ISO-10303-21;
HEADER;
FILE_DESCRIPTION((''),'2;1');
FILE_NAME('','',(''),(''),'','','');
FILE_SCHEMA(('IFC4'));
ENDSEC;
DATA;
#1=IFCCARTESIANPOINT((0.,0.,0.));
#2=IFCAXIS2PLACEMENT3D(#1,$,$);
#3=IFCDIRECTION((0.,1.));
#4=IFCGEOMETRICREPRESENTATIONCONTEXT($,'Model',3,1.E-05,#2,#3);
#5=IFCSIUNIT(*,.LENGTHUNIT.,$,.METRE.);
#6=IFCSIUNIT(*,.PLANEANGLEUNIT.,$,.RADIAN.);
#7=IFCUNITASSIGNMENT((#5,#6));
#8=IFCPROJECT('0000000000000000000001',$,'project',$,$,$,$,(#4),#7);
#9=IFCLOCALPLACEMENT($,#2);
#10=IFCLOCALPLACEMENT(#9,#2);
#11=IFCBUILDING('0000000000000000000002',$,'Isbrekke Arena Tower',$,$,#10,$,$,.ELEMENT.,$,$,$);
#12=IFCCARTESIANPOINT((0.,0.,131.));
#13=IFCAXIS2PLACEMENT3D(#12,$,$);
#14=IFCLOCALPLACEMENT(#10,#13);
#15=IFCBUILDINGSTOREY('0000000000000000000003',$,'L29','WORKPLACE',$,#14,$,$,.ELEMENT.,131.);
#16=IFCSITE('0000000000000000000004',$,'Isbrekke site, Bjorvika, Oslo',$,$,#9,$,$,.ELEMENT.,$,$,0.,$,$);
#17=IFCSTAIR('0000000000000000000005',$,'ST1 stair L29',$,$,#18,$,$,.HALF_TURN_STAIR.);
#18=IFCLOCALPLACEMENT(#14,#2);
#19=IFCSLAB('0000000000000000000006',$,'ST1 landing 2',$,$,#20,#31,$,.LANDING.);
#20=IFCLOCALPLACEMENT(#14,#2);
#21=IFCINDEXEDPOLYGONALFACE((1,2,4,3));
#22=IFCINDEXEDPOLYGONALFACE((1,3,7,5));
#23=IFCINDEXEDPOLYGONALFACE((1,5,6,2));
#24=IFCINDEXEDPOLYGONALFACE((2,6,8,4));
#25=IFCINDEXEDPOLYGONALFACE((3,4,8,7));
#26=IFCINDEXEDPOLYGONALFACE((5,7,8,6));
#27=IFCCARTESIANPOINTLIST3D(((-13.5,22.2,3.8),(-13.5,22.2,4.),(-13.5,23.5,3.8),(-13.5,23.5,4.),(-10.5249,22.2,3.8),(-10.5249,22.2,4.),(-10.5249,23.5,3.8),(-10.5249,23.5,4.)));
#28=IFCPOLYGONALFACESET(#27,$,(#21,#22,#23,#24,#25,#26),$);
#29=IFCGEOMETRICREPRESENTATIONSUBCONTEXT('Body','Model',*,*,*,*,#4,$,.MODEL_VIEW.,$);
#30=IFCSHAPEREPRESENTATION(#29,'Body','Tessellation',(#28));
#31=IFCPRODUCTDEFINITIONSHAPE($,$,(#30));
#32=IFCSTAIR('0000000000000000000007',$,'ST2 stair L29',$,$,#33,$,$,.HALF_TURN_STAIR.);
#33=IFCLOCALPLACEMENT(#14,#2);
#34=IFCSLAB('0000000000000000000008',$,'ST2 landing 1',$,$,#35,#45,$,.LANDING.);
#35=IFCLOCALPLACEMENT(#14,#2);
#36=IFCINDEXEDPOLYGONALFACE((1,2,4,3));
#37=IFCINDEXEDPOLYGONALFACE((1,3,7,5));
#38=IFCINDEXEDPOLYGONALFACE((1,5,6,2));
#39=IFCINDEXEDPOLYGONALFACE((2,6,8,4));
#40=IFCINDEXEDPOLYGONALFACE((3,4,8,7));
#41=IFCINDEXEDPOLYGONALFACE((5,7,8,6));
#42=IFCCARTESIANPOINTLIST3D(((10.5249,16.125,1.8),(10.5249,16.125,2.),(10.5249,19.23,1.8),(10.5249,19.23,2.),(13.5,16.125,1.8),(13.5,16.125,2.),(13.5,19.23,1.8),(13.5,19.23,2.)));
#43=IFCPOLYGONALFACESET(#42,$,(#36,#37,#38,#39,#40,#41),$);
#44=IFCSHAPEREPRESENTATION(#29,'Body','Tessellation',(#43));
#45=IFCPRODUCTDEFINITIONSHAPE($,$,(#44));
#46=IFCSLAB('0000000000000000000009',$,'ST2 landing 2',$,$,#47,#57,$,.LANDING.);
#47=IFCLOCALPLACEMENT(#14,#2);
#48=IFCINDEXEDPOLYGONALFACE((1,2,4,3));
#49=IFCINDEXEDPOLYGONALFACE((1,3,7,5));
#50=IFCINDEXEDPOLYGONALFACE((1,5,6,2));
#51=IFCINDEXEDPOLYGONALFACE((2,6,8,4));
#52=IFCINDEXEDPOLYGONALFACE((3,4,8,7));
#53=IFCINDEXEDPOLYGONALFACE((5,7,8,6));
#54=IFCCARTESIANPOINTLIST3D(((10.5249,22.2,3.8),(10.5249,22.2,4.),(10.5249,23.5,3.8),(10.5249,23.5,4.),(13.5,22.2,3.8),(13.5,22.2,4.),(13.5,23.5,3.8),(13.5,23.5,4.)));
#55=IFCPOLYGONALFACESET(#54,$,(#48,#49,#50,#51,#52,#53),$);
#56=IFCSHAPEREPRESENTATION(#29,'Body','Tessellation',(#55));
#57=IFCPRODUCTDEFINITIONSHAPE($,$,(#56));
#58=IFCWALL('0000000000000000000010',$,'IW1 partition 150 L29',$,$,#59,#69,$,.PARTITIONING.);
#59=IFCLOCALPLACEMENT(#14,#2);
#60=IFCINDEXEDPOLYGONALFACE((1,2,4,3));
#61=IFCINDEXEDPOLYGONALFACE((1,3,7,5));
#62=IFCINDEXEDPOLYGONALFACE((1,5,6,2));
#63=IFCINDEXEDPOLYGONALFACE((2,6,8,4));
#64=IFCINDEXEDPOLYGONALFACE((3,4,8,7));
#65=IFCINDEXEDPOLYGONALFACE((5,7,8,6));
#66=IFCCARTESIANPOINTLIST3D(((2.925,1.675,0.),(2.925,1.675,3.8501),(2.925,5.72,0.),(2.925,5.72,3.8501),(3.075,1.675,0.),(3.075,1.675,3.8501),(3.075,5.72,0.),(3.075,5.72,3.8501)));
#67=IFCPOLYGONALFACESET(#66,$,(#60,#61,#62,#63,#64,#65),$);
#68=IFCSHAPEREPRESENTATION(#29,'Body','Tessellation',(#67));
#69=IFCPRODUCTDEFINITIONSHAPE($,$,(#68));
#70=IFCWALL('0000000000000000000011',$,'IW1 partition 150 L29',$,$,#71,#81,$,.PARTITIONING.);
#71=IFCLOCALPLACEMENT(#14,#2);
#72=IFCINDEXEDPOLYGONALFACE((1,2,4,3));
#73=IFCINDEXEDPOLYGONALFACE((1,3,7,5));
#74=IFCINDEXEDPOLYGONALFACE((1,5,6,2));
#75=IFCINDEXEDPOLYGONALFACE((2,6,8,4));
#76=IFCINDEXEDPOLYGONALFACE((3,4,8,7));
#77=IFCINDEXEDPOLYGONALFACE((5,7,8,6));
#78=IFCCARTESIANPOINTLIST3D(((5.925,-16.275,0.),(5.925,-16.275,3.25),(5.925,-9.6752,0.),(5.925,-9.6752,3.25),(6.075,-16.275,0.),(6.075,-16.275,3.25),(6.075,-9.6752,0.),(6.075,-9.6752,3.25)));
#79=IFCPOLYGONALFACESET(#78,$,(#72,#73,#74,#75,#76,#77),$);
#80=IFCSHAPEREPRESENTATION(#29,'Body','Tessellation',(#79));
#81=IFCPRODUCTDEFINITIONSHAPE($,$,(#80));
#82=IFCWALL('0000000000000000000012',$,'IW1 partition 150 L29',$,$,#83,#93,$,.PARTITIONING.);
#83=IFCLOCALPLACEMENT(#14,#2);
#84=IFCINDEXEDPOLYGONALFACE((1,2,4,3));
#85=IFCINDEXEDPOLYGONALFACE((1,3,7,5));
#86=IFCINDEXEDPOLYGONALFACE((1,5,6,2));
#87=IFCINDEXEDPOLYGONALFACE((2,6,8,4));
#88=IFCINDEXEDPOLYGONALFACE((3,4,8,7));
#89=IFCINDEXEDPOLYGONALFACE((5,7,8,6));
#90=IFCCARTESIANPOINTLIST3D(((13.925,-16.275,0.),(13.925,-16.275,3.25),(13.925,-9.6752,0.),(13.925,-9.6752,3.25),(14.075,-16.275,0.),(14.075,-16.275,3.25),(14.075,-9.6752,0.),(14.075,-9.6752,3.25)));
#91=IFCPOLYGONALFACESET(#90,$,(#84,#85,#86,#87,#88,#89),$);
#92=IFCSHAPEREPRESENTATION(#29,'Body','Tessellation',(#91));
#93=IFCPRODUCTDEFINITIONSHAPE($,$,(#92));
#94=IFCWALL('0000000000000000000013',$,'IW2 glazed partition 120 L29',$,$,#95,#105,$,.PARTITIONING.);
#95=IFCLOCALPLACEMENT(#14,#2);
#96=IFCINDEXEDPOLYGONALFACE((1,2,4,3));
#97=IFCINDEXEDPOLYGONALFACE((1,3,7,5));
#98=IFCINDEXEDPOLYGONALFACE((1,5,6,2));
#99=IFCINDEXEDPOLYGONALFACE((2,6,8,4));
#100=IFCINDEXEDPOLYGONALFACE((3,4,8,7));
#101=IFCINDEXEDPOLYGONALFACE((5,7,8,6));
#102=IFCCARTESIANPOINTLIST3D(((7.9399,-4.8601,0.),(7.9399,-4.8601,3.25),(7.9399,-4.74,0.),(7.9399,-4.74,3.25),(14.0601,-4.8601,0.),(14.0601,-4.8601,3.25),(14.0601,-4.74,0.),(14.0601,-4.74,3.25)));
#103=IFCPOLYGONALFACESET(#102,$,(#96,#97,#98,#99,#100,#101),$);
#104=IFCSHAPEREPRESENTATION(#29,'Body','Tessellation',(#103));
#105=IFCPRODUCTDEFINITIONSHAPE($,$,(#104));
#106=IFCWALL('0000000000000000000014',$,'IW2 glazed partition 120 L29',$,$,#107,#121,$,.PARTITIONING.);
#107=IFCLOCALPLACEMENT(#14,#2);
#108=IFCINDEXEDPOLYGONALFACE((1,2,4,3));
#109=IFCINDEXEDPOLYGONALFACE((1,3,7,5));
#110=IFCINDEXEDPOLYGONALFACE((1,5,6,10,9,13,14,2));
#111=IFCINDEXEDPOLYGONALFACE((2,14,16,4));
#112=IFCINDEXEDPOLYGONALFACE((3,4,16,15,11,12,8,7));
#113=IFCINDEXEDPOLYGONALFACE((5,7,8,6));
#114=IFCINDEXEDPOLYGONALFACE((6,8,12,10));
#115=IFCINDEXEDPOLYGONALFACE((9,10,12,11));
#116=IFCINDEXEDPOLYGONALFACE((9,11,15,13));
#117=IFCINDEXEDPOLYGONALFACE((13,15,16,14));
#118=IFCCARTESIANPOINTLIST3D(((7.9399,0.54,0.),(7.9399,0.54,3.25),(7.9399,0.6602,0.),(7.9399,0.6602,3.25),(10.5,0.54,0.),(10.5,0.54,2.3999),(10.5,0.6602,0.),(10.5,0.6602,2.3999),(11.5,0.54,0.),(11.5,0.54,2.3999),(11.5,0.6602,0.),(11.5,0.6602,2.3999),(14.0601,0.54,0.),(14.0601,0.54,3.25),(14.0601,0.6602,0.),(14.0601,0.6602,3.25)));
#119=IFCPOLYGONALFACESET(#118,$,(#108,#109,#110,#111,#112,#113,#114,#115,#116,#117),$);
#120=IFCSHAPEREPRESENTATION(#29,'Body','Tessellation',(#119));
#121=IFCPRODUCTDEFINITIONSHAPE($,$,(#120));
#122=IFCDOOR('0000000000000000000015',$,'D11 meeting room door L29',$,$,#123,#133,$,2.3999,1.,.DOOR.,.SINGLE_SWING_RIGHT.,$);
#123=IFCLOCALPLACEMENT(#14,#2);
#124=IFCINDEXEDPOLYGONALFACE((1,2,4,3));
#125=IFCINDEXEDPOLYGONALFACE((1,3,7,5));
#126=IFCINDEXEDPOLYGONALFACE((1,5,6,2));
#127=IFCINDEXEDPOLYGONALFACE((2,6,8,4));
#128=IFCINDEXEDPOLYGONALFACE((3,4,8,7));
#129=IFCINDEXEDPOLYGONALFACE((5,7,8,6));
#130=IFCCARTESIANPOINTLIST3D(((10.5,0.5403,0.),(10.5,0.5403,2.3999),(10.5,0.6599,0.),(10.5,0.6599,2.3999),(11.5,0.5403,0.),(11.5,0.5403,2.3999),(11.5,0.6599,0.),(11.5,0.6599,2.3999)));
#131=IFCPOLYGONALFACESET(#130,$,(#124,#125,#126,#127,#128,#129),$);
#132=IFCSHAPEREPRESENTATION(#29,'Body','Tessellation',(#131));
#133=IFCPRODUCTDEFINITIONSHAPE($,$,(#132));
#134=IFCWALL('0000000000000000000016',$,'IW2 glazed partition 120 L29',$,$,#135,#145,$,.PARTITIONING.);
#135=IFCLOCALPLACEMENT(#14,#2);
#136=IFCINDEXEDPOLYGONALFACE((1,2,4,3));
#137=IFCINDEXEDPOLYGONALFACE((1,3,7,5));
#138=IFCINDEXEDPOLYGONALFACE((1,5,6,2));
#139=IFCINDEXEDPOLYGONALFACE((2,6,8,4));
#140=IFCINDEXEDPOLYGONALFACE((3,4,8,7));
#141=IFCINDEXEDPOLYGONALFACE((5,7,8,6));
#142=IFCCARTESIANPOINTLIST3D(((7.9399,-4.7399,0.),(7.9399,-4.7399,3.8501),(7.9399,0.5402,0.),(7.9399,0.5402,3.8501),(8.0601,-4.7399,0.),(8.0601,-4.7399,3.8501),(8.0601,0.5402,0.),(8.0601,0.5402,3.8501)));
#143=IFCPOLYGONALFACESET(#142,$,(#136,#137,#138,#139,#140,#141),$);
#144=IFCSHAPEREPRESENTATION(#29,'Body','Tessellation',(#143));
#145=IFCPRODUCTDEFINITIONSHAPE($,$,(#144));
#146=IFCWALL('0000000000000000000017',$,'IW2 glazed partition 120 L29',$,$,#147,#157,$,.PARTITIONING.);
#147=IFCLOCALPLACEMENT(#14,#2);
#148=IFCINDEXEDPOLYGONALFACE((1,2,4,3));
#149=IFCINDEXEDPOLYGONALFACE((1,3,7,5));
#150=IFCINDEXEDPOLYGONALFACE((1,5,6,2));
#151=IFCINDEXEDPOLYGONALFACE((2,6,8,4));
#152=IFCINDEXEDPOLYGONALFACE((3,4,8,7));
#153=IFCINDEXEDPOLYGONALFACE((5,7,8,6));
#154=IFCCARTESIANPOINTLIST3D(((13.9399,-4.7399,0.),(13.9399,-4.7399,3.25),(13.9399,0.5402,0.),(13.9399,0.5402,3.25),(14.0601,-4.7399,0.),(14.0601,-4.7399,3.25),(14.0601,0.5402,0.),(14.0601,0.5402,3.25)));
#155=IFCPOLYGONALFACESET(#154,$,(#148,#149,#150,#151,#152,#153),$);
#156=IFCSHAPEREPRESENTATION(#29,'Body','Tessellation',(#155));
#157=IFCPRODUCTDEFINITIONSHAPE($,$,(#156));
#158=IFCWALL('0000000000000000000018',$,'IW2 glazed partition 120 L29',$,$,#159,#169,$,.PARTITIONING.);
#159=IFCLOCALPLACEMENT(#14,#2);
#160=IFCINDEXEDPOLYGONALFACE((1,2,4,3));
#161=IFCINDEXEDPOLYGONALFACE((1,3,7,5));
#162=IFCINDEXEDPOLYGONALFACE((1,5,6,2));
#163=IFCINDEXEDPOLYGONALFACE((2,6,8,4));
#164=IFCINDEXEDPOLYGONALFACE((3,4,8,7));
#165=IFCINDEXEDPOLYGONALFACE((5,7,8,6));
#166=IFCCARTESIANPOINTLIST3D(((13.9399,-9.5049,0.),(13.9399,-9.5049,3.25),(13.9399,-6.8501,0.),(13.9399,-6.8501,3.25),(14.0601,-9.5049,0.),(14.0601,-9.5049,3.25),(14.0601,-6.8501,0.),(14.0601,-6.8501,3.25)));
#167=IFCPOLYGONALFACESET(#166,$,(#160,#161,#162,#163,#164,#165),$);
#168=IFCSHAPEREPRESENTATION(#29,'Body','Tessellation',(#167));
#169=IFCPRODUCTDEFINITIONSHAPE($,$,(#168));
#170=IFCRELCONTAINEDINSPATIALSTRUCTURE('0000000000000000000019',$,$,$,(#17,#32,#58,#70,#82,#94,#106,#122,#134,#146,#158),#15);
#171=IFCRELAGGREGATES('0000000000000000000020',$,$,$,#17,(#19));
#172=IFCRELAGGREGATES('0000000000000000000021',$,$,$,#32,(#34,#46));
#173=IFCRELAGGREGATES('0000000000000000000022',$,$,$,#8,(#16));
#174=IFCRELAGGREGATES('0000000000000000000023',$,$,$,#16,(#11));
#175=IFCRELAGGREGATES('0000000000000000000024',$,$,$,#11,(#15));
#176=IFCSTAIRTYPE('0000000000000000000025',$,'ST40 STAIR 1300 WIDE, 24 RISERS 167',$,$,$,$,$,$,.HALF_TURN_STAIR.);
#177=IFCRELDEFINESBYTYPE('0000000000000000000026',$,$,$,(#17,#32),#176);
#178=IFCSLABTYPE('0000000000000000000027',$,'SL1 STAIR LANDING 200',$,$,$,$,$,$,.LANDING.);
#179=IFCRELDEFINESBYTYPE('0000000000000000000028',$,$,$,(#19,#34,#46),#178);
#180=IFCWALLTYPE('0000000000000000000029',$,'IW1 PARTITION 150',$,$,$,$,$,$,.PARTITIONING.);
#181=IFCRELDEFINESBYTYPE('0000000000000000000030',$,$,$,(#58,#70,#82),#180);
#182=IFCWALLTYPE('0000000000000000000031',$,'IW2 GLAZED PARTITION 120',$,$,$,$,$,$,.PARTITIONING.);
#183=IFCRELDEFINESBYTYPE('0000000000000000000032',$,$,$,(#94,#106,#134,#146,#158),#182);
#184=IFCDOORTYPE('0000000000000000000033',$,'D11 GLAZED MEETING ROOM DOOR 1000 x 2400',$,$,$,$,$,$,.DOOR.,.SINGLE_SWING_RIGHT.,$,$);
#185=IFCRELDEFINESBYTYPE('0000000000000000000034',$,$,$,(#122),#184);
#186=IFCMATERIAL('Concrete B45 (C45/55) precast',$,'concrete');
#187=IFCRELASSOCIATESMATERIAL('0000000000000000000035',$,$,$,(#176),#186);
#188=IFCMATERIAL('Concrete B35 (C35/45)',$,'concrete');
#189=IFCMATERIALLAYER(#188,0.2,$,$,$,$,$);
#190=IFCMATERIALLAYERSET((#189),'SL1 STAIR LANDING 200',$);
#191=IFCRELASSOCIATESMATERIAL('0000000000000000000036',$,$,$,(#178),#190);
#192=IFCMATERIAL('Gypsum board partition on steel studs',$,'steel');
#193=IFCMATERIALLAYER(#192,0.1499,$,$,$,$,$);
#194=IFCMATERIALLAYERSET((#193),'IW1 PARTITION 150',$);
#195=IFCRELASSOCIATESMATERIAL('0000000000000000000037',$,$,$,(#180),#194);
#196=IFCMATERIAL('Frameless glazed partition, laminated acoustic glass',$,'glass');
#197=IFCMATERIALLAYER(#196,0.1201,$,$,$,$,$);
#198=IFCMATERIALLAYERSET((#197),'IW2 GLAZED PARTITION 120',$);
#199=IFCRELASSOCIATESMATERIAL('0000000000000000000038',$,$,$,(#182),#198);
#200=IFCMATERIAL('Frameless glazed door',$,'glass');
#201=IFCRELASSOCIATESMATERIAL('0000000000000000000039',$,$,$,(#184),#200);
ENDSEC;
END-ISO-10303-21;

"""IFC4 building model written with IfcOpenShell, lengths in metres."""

from ifc_helpers import new_model, si_unit, direction, frame, frame_2d, origin, place, context, subcontext, project, spatial, polyline, rectangle, outline, extrude, material, layer, layer_set, type_object, element, fill, aggregate, save


model = new_model("IFC4")

# Units and contexts
model_context = context("Model", 3, precision=1e-05, world=origin(), true_north=direction((0.0, 1.0)))
body_context = subcontext(model_context, "Body", "Model", "MODEL_VIEW")
ifc_project = project(units=[si_unit("LENGTHUNIT", "METRE"), si_unit("PLANEANGLEUNIT", "RADIAN")], contexts=[model_context])

# Site, building, storey
site_placement = place(None, origin())
site = spatial("IfcSite", under=ifc_project, at=site_placement, Name="Isbrekke site, Bjorvika, Oslo", CompositionType="ELEMENT", RefElevation=0.0)
building_placement = place(site_placement, origin())
building = spatial("IfcBuilding", under=site, at=building_placement, Name="Isbrekke Arena Tower", CompositionType="ELEMENT")
storey_placement = place(building_placement, frame((0.0, 0.0, 131.0)))
storey = spatial("IfcBuildingStorey", under=building, at=storey_placement, Name="L29", Description="WORKPLACE", CompositionType="ELEMENT", Elevation=131.0)

# Stairs, slabs
ifc_material_1 = material(Name="Concrete B45 (C45/55) precast", Category="concrete")
stair_type = type_object("IfcStairType", Name="ST40 STAIR 1300 WIDE, 24 RISERS 167", PredefinedType="HALF_TURN_STAIR", material=ifc_material_1)
stair_1_placement = place(storey_placement, origin())
stair_1 = element("IfcStair", 1, at=stair_1_placement, inside=storey, type_object=stair_type, Name="ST1 stair L29", PredefinedType="HALF_TURN_STAIR")
ifc_material_2 = material(Name="Concrete B35 (C35/45)", Category="concrete")
ifc_layer_1 = layer(ifc_material_2, 0.2)
ifc_layer_set_1 = layer_set([ifc_layer_1], Name="SL1 STAIR LANDING 200")
slab_type_1 = type_object("IfcSlabType", Name="SL1 STAIR LANDING 200", PredefinedType="LANDING", material=ifc_layer_set_1)
slab_1_placement = place(storey_placement, frame((0.0, 0.0, 3.8)))
slab_1 = element("IfcSlab", 2, at=slab_1_placement, type_object=slab_type_1, Name="ST1 landing 2", PredefinedType="LANDING", context=body_context, shape_type="SweptSolid", body=[
    extrude(outline(polyline([(-13.5, 22.2), (-10.5249, 22.2), (-10.5249, 23.5), (-13.5, 23.5), (-13.5, 22.2)])), origin(), (0.0, 0.0, 1.0), 0.2),
])
aggregate(stair_1, [slab_1])
stair_2_placement = place(storey_placement, origin())
stair_2 = element("IfcStair", 3, at=stair_2_placement, inside=storey, type_object=stair_type, Name="ST2 stair L29", PredefinedType="HALF_TURN_STAIR")
slab_2_placement = place(storey_placement, frame((0.0, 0.0, 1.8)))
slab_2 = element("IfcSlab", 4, at=slab_2_placement, type_object=slab_type_1, Name="ST2 landing 1", PredefinedType="LANDING", context=body_context, shape_type="SweptSolid", body=[
    extrude(outline(polyline([(10.5249, 16.125), (13.5, 16.125), (13.5, 19.23), (10.5249, 19.23), (10.5249, 16.125)])), origin(), (0.0, 0.0, 1.0), 0.2),
])
slab_3_placement = place(storey_placement, frame((0.0, 0.0, 3.8)))
slab_3 = element("IfcSlab", 5, at=slab_3_placement, type_object=slab_type_1, Name="ST2 landing 2", PredefinedType="LANDING", context=body_context, shape_type="SweptSolid", body=[
    extrude(outline(polyline([(10.5249, 22.2), (13.5, 22.2), (13.5, 23.5), (10.5249, 23.5), (10.5249, 22.2)])), origin(), (0.0, 0.0, 1.0), 0.2),
])
aggregate(stair_2, [slab_2, slab_3])

# Walls
ifc_material_3 = material(Name="Gypsum board partition on steel studs", Category="steel")
ifc_layer_2 = layer(ifc_material_3, 0.1499)
ifc_layer_set_2 = layer_set([ifc_layer_2], Name="IW1 PARTITION 150")
wall_type_1 = type_object("IfcWallType", Name="IW1 PARTITION 150", PredefinedType="PARTITIONING", material=ifc_layer_set_2)
wall_1_placement = place(storey_placement, frame((3.0, 1.675, 0.0), z_axis=(0.0, 0.0, 1.0), x_axis=(0.0, 1.0, 0.0)))
element("IfcWall", 6, at=wall_1_placement, inside=storey, type_object=wall_type_1, Name="IW1 partition 150 L29", PredefinedType="PARTITIONING", context=body_context, shape_type="SweptSolid", body=[
    extrude(rectangle(XDim=4.0449, YDim=0.1499, at=frame_2d((2.0225, 0.0))), origin(), (0.0, 0.0, 1.0), 3.8501),
])
for number, where, z_axis, x_axis, name in (
    (7, (6.0, -16.2749, 0.0), (0.0, 0.0, 1.0), (0.0, 1.0, 0.0), "IW1 partition 150 L29"),
    (8, (14.0, -16.2749, 0.0), (0.0, 0.0, 1.0), (0.0, 1.0, 0.0), "IW1 partition 150 L29"),
):
    element("IfcWall", number, at=place(storey_placement, frame(where, z_axis=z_axis, x_axis=x_axis)), inside=storey, type_object=wall_type_1, Name=name, PredefinedType="PARTITIONING", context=body_context, shape_type="SweptSolid", body=[
        extrude(rectangle(XDim=6.5999, YDim=0.1499, at=frame_2d((3.2998, 0.0))), origin(), (0.0, 0.0, 1.0), 3.25),
    ])
ifc_material_4 = material(Name="Frameless glazed partition, laminated acoustic glass", Category="glass")
ifc_layer_3 = layer(ifc_material_4, 0.1201)
ifc_layer_set_3 = layer_set([ifc_layer_3], Name="IW2 GLAZED PARTITION 120")
wall_type_2 = type_object("IfcWallType", Name="IW2 GLAZED PARTITION 120", PredefinedType="PARTITIONING", material=ifc_layer_set_3)
wall_2_placement = place(storey_placement, frame((7.9399, -4.8, 0.0), z_axis=(0.0, 0.0, 1.0), x_axis=(1.0, 0.0, 0.0)))
element("IfcWall", 9, at=wall_2_placement, inside=storey, type_object=wall_type_2, Name="IW2 glazed partition 120 L29", PredefinedType="PARTITIONING", context=body_context, shape_type="SweptSolid", body=[
    extrude(rectangle(XDim=6.1201, YDim=0.1201, at=frame_2d((3.0601, 0.0))), origin(), (0.0, 0.0, 1.0), 3.25),
])

# Wall, opening, door
wall_3_placement = place(storey_placement, frame((7.9399, 0.6001, 0.0), z_axis=(0.0, 0.0, 1.0), x_axis=(1.0, 0.0, 0.0)))
wall_3 = element("IfcWall", 10, at=wall_3_placement, inside=storey, type_object=wall_type_2, Name="IW2 glazed partition 120 L29", PredefinedType="PARTITIONING", context=body_context, shape_type="SweptSolid", body=[
    extrude(rectangle(XDim=6.1201, YDim=0.1201, at=frame_2d((3.0601, 0.0))), origin(), (0.0, 0.0, 1.0), 3.25),
])
opening_placement = place(wall_3_placement, frame((2.5601, 0.0, 0.0)))
opening = element("IfcOpeningElement", 11, at=opening_placement, cuts=wall_3, PredefinedType="OPENING", context=body_context, shape_type="SweptSolid", body=[
    extrude(rectangle(XDim=1.0, YDim=2.3999, at=frame_2d((0.5, 1.2))), frame((0.0, 0.075, 0.0), z_axis=(0.0, -1.0, 0.0), x_axis=(1.0, 0.0, 0.0)), (0.0, 0.0, 1.0), 0.1499),
])
ifc_material_5 = material(Name="Frameless glazed door", Category="glass")
door_type = type_object("IfcDoorType", Name="D11 GLAZED MEETING ROOM DOOR 1000 x 2400", OperationType="SINGLE_SWING_RIGHT", PredefinedType="DOOR", material=ifc_material_5)
door_placement = place(opening_placement, origin())
door = element("IfcDoor", 12, at=door_placement, inside=storey, type_object=door_type, Name="D11 meeting room door L29", OperationType="SINGLE_SWING_RIGHT", OverallHeight=2.3999, OverallWidth=1.0, PredefinedType="DOOR", context=body_context, shape_type="SweptSolid", body=[
    extrude(rectangle(XDim=1.0, YDim=2.3999, at=frame_2d((0.5, 1.2))), frame((0.0, 0.0598, 0.0), z_axis=(0.0, -1.0, 0.0), x_axis=(1.0, 0.0, 0.0)), (0.0, 0.0, 1.0), 0.1196),
])
fill(opening, door)

# Walls
wall_4_placement = place(storey_placement, frame((8.0, -4.74, 0.0), z_axis=(0.0, 0.0, 1.0), x_axis=(0.0, 1.0, 0.0)))
element("IfcWall", 13, at=wall_4_placement, inside=storey, type_object=wall_type_2, Name="IW2 glazed partition 120 L29", PredefinedType="PARTITIONING", context=body_context, shape_type="SweptSolid", body=[
    extrude(rectangle(XDim=5.28, YDim=0.1201, at=frame_2d((2.6401, 0.0))), origin(), (0.0, 0.0, 1.0), 3.8501),
])
wall_5_placement = place(storey_placement, frame((14.0, -4.74, 0.0), z_axis=(0.0, 0.0, 1.0), x_axis=(0.0, 1.0, 0.0)))
element("IfcWall", 14, at=wall_5_placement, inside=storey, type_object=wall_type_2, Name="IW2 glazed partition 120 L29", PredefinedType="PARTITIONING", context=body_context, shape_type="SweptSolid", body=[
    extrude(rectangle(XDim=5.28, YDim=0.1201, at=frame_2d((2.6401, 0.0))), origin(), (0.0, 0.0, 1.0), 3.25),
])
wall_6_placement = place(storey_placement, frame((14.0, -9.5049, 0.0), z_axis=(0.0, 0.0, 1.0), x_axis=(0.0, 1.0, 0.0)))
element("IfcWall", 15, at=wall_6_placement, inside=storey, type_object=wall_type_2, Name="IW2 glazed partition 120 L29", PredefinedType="PARTITIONING", context=body_context, shape_type="SweptSolid", body=[
    extrude(rectangle(XDim=2.6548, YDim=0.1201, at=frame_2d((1.3274, 0.0))), origin(), (0.0, 0.0, 1.0), 3.25),
])

save(model, "model.ifc")
